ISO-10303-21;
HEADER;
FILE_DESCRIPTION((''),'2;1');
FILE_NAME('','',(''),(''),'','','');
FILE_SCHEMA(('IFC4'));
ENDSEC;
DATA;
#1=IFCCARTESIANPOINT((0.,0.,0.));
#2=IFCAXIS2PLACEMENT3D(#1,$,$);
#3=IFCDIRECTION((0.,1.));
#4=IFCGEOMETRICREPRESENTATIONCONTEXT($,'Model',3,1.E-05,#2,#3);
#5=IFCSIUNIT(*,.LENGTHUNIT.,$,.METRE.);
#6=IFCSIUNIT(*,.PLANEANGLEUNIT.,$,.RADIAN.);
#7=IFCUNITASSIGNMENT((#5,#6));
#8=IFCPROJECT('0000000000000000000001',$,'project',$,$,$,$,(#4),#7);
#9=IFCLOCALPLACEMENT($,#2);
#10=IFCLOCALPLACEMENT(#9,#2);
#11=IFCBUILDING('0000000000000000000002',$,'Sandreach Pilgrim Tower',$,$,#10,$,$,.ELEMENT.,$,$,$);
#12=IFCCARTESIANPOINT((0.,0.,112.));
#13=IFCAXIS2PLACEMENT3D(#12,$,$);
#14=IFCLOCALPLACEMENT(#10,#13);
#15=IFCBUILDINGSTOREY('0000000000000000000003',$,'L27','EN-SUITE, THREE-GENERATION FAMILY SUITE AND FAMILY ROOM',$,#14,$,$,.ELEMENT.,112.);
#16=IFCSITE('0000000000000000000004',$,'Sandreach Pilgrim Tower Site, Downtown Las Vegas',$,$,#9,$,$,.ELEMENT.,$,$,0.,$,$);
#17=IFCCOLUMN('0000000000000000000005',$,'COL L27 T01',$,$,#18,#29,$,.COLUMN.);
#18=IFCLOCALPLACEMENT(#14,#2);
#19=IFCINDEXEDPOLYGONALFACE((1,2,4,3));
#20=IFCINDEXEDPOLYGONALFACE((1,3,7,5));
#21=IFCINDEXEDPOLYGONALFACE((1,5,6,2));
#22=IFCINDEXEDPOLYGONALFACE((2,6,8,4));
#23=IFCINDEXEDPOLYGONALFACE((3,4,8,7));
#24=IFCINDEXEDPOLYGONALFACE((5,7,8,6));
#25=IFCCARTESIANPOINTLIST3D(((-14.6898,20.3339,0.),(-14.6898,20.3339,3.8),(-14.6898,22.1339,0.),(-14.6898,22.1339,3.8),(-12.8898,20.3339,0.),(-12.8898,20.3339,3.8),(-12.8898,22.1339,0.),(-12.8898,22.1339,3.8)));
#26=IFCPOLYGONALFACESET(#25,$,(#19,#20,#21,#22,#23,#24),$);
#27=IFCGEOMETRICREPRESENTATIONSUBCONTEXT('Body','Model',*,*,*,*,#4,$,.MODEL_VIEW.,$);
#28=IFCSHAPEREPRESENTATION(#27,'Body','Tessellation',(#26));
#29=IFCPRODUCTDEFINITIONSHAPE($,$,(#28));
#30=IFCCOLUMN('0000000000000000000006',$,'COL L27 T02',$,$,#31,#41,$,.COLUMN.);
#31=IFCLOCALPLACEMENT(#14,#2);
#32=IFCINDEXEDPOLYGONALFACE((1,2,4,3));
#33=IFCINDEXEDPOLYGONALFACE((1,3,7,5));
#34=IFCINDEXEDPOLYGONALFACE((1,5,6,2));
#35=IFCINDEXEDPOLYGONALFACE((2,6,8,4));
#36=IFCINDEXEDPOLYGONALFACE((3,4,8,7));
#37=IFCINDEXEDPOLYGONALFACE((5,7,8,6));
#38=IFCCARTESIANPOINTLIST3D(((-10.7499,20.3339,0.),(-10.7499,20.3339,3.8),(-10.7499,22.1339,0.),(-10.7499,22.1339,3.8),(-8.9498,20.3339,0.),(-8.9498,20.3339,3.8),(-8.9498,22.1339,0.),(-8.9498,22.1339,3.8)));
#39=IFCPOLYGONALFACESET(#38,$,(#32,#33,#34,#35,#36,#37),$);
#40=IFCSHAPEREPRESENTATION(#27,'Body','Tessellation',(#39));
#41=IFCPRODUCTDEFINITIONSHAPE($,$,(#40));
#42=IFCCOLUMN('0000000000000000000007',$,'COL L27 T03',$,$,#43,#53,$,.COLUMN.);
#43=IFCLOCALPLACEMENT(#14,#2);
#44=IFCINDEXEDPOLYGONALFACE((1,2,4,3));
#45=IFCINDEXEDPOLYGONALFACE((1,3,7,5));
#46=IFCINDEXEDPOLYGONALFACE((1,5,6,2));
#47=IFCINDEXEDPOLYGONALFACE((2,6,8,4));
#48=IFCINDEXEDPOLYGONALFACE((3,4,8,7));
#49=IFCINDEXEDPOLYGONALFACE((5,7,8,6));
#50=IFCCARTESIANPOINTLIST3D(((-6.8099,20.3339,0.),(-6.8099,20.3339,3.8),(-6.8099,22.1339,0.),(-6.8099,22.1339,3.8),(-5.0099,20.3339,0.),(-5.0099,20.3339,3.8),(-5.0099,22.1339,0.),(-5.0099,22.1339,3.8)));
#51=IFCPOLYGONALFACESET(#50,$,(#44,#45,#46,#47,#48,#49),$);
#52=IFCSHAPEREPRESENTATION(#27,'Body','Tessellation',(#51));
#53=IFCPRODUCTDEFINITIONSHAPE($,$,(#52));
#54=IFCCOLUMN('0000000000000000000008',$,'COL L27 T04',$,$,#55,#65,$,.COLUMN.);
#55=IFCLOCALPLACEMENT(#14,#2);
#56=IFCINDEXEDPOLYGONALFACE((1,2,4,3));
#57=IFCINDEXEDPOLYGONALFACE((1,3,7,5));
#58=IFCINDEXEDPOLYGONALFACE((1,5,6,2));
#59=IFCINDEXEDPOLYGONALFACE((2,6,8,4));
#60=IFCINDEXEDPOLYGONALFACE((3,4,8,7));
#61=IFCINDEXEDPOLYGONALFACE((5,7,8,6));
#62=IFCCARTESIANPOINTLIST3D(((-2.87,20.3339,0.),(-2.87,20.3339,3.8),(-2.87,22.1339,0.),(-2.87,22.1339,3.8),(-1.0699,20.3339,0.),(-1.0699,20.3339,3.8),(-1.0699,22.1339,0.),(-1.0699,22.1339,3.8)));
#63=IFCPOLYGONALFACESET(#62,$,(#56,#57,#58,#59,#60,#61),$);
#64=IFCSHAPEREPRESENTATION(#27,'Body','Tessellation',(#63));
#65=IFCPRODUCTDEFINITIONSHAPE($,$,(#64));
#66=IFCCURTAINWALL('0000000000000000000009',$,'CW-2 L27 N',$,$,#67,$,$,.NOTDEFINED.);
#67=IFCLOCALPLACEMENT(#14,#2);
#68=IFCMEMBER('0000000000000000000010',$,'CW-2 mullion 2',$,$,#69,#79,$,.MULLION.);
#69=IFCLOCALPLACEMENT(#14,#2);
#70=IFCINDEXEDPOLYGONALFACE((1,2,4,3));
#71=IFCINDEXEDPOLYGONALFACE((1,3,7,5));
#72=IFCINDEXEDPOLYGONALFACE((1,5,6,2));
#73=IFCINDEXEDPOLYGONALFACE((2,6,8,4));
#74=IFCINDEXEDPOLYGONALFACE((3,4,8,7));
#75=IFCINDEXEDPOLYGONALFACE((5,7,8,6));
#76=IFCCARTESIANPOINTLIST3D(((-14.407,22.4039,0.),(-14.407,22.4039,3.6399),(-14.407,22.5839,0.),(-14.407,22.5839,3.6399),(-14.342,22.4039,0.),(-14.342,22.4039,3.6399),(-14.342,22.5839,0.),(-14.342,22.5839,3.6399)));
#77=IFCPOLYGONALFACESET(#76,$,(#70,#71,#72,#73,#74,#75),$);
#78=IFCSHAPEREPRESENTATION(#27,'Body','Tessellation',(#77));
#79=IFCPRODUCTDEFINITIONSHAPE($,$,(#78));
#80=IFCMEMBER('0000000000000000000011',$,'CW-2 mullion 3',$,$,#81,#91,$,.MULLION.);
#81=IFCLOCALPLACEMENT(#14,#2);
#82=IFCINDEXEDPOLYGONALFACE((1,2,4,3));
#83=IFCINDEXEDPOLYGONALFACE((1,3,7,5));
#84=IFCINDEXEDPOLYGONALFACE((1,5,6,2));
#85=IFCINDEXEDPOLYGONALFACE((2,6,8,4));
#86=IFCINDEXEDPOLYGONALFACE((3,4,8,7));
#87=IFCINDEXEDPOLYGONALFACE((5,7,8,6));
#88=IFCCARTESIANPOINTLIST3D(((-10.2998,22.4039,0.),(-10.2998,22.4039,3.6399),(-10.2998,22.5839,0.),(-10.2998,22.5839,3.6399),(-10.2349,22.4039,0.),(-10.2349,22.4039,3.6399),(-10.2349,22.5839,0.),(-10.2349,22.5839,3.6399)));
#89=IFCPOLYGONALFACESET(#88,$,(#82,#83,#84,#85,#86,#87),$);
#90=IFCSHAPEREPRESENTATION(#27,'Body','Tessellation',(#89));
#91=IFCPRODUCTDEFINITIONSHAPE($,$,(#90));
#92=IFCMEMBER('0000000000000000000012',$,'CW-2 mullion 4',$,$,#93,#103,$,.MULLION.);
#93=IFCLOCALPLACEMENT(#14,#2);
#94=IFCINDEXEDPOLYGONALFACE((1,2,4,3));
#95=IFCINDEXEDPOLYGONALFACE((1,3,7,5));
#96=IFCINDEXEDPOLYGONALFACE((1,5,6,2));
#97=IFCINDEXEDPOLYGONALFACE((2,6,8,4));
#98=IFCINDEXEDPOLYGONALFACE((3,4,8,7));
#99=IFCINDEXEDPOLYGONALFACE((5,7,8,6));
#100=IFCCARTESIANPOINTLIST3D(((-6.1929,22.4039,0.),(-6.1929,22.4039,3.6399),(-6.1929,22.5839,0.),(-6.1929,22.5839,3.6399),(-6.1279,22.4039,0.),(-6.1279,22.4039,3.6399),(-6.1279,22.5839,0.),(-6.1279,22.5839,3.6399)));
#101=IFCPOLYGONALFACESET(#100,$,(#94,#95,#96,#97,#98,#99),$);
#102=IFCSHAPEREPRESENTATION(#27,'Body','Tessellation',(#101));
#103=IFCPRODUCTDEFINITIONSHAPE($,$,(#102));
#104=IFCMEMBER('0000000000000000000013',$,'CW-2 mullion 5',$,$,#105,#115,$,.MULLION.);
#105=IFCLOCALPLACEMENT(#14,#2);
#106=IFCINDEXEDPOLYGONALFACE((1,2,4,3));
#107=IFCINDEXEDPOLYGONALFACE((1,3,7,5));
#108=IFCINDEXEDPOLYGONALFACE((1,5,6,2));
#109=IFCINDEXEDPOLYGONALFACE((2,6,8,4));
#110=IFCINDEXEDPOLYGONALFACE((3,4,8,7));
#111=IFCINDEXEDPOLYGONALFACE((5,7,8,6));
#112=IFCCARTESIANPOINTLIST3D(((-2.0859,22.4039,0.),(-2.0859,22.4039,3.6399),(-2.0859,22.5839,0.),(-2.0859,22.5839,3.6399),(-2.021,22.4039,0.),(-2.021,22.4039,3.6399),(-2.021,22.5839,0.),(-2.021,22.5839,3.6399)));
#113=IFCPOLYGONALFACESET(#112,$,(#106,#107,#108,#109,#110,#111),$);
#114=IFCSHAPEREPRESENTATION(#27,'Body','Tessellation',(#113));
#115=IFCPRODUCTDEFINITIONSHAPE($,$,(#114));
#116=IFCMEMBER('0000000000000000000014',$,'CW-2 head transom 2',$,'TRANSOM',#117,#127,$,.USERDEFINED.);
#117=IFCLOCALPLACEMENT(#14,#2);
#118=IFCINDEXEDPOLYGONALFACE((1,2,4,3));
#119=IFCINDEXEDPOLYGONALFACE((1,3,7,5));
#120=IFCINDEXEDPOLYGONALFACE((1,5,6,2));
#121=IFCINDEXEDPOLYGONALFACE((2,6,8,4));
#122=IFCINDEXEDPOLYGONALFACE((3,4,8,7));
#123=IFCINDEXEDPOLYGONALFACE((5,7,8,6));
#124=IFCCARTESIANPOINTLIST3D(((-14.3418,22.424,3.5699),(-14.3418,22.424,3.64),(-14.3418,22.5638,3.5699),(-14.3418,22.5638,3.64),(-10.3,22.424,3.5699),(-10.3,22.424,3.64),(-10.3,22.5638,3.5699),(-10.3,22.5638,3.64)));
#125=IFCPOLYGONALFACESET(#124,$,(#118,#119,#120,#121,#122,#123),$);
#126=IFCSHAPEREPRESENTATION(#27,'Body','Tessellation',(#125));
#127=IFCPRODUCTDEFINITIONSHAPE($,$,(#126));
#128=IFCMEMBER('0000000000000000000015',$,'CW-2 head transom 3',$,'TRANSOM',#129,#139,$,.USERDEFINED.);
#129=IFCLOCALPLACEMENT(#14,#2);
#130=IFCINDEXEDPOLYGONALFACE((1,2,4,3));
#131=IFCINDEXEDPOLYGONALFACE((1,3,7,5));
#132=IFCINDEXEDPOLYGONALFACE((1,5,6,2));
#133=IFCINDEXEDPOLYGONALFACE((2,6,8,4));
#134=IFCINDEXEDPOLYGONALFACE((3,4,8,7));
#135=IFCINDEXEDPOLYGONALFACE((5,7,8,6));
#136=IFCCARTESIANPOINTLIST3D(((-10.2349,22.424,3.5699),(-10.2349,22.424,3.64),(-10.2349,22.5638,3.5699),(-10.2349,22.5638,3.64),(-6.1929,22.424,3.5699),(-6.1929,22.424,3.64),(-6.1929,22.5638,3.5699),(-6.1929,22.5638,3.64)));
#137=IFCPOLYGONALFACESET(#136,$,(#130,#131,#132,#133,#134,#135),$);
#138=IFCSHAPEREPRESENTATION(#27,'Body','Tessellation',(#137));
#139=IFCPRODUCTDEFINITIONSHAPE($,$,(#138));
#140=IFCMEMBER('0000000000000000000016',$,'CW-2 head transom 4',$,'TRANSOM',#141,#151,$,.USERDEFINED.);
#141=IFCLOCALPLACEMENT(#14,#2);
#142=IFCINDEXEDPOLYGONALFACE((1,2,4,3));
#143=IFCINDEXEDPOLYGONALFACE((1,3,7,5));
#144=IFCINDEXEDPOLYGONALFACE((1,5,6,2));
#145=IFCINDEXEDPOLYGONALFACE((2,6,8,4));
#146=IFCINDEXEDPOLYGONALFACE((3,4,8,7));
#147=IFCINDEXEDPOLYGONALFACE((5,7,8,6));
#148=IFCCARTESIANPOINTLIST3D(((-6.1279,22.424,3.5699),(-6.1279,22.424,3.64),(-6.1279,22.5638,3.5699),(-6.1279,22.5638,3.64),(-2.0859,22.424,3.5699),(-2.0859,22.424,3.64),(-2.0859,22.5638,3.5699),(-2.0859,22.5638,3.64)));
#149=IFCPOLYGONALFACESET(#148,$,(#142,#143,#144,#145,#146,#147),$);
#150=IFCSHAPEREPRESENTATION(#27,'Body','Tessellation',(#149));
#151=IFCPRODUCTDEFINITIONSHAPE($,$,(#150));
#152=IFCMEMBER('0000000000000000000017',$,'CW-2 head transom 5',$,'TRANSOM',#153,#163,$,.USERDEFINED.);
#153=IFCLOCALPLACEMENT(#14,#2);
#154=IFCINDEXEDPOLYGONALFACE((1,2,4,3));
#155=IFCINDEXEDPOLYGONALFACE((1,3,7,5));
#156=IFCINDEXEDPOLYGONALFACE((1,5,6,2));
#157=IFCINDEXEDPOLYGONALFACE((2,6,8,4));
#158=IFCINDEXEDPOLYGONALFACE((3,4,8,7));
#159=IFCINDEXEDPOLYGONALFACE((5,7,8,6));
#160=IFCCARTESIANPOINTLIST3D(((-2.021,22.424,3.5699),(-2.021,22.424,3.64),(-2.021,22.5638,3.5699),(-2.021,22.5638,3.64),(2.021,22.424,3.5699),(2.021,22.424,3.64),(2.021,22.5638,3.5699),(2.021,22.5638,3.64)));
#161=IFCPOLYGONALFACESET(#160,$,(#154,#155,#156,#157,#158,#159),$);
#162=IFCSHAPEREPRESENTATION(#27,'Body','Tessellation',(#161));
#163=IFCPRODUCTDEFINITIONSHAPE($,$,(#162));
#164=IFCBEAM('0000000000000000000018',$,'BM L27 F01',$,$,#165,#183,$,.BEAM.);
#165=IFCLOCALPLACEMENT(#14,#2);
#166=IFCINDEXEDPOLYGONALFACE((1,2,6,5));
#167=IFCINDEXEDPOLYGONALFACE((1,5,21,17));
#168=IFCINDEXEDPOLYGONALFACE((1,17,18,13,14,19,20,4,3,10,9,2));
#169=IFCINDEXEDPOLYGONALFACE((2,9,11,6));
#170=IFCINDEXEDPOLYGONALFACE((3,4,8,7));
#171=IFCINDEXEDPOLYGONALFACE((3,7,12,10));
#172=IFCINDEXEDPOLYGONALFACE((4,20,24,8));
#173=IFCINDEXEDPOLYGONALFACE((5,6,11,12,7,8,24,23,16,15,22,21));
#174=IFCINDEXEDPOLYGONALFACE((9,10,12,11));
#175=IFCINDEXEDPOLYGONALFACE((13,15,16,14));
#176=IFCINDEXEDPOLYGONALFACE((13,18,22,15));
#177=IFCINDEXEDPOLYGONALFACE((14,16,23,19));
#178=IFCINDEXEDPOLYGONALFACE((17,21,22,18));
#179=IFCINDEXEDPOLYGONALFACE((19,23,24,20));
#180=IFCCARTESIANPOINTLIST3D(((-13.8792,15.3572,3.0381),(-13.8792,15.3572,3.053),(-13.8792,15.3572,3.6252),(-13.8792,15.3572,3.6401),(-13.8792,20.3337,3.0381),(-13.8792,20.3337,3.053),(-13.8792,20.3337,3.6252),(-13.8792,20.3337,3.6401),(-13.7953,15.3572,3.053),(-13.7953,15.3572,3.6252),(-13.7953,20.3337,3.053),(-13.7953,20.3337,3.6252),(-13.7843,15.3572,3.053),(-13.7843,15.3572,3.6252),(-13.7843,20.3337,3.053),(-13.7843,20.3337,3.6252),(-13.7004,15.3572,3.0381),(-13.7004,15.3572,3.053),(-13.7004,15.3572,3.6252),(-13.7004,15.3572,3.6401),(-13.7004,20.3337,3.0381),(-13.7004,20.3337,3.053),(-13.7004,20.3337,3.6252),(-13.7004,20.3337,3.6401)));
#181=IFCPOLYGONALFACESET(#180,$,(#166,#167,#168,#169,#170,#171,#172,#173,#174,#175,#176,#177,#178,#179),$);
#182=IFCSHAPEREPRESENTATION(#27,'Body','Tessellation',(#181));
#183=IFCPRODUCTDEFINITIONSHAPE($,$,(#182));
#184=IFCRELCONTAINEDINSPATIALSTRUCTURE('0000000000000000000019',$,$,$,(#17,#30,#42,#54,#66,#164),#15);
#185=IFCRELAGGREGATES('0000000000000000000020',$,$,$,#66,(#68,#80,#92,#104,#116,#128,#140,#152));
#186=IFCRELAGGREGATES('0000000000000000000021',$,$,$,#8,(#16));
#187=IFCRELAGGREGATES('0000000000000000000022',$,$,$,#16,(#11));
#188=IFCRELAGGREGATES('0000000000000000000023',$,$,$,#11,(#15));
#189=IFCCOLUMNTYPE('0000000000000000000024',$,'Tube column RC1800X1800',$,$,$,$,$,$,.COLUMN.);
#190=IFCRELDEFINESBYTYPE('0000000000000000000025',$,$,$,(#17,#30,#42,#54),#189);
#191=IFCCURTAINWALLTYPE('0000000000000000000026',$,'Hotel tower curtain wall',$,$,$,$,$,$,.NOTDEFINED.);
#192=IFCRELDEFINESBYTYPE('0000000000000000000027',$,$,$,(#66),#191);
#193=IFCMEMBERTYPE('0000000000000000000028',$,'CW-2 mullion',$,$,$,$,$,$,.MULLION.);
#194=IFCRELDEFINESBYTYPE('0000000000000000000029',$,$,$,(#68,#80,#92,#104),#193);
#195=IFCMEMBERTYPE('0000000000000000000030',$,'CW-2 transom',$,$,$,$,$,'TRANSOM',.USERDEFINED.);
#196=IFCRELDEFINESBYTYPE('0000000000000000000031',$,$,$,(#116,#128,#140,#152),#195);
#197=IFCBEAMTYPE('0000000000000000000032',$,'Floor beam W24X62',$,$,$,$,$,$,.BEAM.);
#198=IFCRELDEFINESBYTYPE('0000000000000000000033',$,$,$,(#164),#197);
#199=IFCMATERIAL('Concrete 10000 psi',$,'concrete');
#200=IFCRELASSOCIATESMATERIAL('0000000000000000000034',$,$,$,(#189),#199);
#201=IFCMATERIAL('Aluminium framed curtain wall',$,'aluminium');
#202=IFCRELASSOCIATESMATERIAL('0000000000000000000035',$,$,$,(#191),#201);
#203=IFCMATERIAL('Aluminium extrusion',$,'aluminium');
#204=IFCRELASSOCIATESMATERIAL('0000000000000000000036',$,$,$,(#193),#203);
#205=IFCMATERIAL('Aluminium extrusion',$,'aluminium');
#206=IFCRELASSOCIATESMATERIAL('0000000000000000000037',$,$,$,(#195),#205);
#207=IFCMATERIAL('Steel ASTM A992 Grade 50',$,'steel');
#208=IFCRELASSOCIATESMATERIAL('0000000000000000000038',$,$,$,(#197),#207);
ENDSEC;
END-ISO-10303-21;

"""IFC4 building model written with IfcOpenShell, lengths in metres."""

from ifc_helpers import new_model, si_unit, direction, frame, origin, origin_2d, place, context, subcontext, project, spatial, rectangle, i_section, extrude, material, material_profile, profile_set, type_object, element, aggregate, save


model = new_model("IFC4")

# Units and contexts
model_context = context("Model", 3, precision=1e-05, world=origin(), true_north=direction((0.0, 1.0)))
body_context = subcontext(model_context, "Body", "Model", "MODEL_VIEW")
ifc_project = project(units=[si_unit("LENGTHUNIT", "METRE"), si_unit("PLANEANGLEUNIT", "RADIAN")], contexts=[model_context])

# Site, building, storey
site_placement = place(None, origin())
site = spatial("IfcSite", under=ifc_project, at=site_placement, Name="Sandreach Pilgrim Tower Site, Downtown Las Vegas", CompositionType="ELEMENT", RefElevation=0.0)
building_placement = place(site_placement, origin())
building = spatial("IfcBuilding", under=site, at=building_placement, Name="Sandreach Pilgrim Tower", CompositionType="ELEMENT")
storey_placement = place(building_placement, frame((0.0, 0.0, 112.0)))
storey = spatial("IfcBuildingStorey", under=building, at=storey_placement, Name="L27", Description="EN-SUITE, THREE-GENERATION FAMILY SUITE AND FAMILY ROOM", CompositionType="ELEMENT", Elevation=112.0)

# Columns
ifc_material_1 = material(Name="Concrete 10000 psi", Category="concrete")
ifc_material_profile_1 = material_profile(ifc_material_1, rectangle(XDim=1.8, YDim=1.8, at=origin_2d()), Name="RC1800X1800")
ifc_profile_set_1 = profile_set([ifc_material_profile_1], Name="Concrete 10000 psi")
column_type = type_object("IfcColumnType", Name="Tube column RC1800X1800", PredefinedType="COLUMN", material=ifc_profile_set_1)
for number, where, z_axis, x_axis, name in (
    (1, (-13.7898, 21.2339, 0.0), (0.0, 0.0, 1.0), (0.0, 1.0, 0.0), "COL L27 T01"),
    (2, (-9.8499, 21.2339, 0.0), (0.0, 0.0, 1.0), (0.0, 1.0, 0.0), "COL L27 T02"),
    (3, (-5.9099, 21.2339, 0.0), (0.0, 0.0, 1.0), (0.0, 1.0, 0.0), "COL L27 T03"),
    (4, (-1.97, 21.2339, 0.0), (0.0, 0.0, 1.0), (0.0, 1.0, 0.0), "COL L27 T04"),
):
    element("IfcColumn", number, at=place(storey_placement, frame(where, z_axis=z_axis, x_axis=x_axis)), inside=storey, type_object=column_type, Name=name, PredefinedType="COLUMN", context=body_context, shape_type="SweptSolid", body=[
        extrude(rectangle(XDim=1.8, YDim=1.8, at=origin_2d()), origin(), (0.0, 0.0, 1.0), 3.8),
    ])

# Curtain wall, members
ifc_material_2 = material(Name="Aluminium framed curtain wall", Category="aluminium")
curtain_wall_type = type_object("IfcCurtainWallType", Name="Hotel tower curtain wall", PredefinedType="NOTDEFINED", material=ifc_material_2)
curtain_wall_placement = place(storey_placement, origin())
curtain_wall = element("IfcCurtainWall", 5, at=curtain_wall_placement, inside=storey, type_object=curtain_wall_type, Name="CW-2 L27 N", PredefinedType="NOTDEFINED")
ifc_material_3 = material(Name="Aluminium extrusion", Category="aluminium")
ifc_material_profile_2 = material_profile(ifc_material_3, rectangle(XDim=0.0649, YDim=0.1799, at=origin_2d()), Name="CW-2M 65X180")
ifc_profile_set_2 = profile_set([ifc_material_profile_2], Name="Aluminium extrusion")
member_type_1 = type_object("IfcMemberType", Name="CW-2 mullion", PredefinedType="MULLION", material=ifc_profile_set_2)
member_1_placement = place(storey_placement, frame((-14.3745, 22.4939, 0.0), z_axis=(0.0, 0.0, 1.0), x_axis=(1.0, 0.0, 0.0)))
member_1 = element("IfcMember", 6, at=member_1_placement, type_object=member_type_1, Name="CW-2 mullion 2", PredefinedType="MULLION", context=body_context, shape_type="SweptSolid", body=[
    extrude(rectangle(XDim=0.0649, YDim=0.1799, at=origin_2d()), origin(), (0.0, 0.0, 1.0), 3.6399),
])
member_2_placement = place(storey_placement, frame((-10.2673, 22.4939, 0.0), z_axis=(0.0, 0.0, 1.0), x_axis=(1.0, 0.0, 0.0)))
member_2 = element("IfcMember", 7, at=member_2_placement, type_object=member_type_1, Name="CW-2 mullion 3", PredefinedType="MULLION", context=body_context, shape_type="SweptSolid", body=[
    extrude(rectangle(XDim=0.0649, YDim=0.1799, at=origin_2d()), origin(), (0.0, 0.0, 1.0), 3.6399),
])
member_3_placement = place(storey_placement, frame((-6.1604, 22.4939, 0.0), z_axis=(0.0, 0.0, 1.0), x_axis=(1.0, 0.0, 0.0)))
member_3 = element("IfcMember", 8, at=member_3_placement, type_object=member_type_1, Name="CW-2 mullion 4", PredefinedType="MULLION", context=body_context, shape_type="SweptSolid", body=[
    extrude(rectangle(XDim=0.0649, YDim=0.1799, at=origin_2d()), origin(), (0.0, 0.0, 1.0), 3.6399),
])
member_4_placement = place(storey_placement, frame((-2.0535, 22.4939, 0.0), z_axis=(0.0, 0.0, 1.0), x_axis=(1.0, 0.0, 0.0)))
member_4 = element("IfcMember", 9, at=member_4_placement, type_object=member_type_1, Name="CW-2 mullion 5", PredefinedType="MULLION", context=body_context, shape_type="SweptSolid", body=[
    extrude(rectangle(XDim=0.0649, YDim=0.1799, at=origin_2d()), origin(), (0.0, 0.0, 1.0), 3.6399),
])
ifc_material_4 = material(Name="Aluminium extrusion", Category="aluminium")
ifc_material_profile_3 = material_profile(ifc_material_4, rectangle(XDim=0.1399, YDim=0.0701, at=origin_2d()), Name="CW-2T 140X70")
ifc_profile_set_3 = profile_set([ifc_material_profile_3], Name="Aluminium extrusion")
member_type_2 = type_object("IfcMemberType", Name="CW-2 transom", ElementType="TRANSOM", PredefinedType="USERDEFINED", material=ifc_profile_set_3)
member_5_placement = place(storey_placement, frame((-14.3418, 22.4939, 3.605), z_axis=(1.0, 0.0, 0.0), x_axis=(0.0, 1.0, 0.0)))
member_5 = element("IfcMember", 10, at=member_5_placement, type_object=member_type_2, Name="CW-2 head transom 2", ObjectType="TRANSOM", PredefinedType="USERDEFINED", context=body_context, shape_type="SweptSolid", body=[
    extrude(rectangle(XDim=0.1399, YDim=0.0701, at=origin_2d()), origin(), (0.0, 0.0, 1.0), 4.0417),
])
member_6_placement = place(storey_placement, frame((-10.2349, 22.4939, 3.605), z_axis=(1.0, 0.0, 0.0), x_axis=(0.0, 1.0, 0.0)))
member_6 = element("IfcMember", 11, at=member_6_placement, type_object=member_type_2, Name="CW-2 head transom 3", ObjectType="TRANSOM", PredefinedType="USERDEFINED", context=body_context, shape_type="SweptSolid", body=[
    extrude(rectangle(XDim=0.1399, YDim=0.0701, at=origin_2d()), origin(), (0.0, 0.0, 1.0), 4.042),
])
member_7_placement = place(storey_placement, frame((-6.1279, 22.4939, 3.605), z_axis=(1.0, 0.0, 0.0), x_axis=(0.0, 1.0, 0.0)))
member_7 = element("IfcMember", 12, at=member_7_placement, type_object=member_type_2, Name="CW-2 head transom 4", ObjectType="TRANSOM", PredefinedType="USERDEFINED", context=body_context, shape_type="SweptSolid", body=[
    extrude(rectangle(XDim=0.1399, YDim=0.0701, at=origin_2d()), origin(), (0.0, 0.0, 1.0), 4.042),
])
member_8_placement = place(storey_placement, frame((-2.021, 22.4939, 3.605), z_axis=(1.0, 0.0, 0.0), x_axis=(0.0, 1.0, 0.0)))
member_8 = element("IfcMember", 13, at=member_8_placement, type_object=member_type_2, Name="CW-2 head transom 5", ObjectType="TRANSOM", PredefinedType="USERDEFINED", context=body_context, shape_type="SweptSolid", body=[
    extrude(rectangle(XDim=0.1399, YDim=0.0701, at=origin_2d()), origin(), (0.0, 0.0, 1.0), 4.042),
])

# Beam
ifc_material_5 = material(Name="Steel ASTM A992 Grade 50", Category="steel")
ifc_material_profile_4 = material_profile(ifc_material_5, i_section(OverallWidth=0.1787, OverallDepth=0.6021, WebThickness=0.011, FlangeThickness=0.0149, at=origin_2d()), Name="W24X62")
ifc_profile_set_4 = profile_set([ifc_material_profile_4], Name="Steel ASTM A992 Grade 50")
beam_type_1 = type_object("IfcBeamType", Name="Floor beam W24X62", PredefinedType="BEAM", material=ifc_profile_set_4)
beam_1_placement = place(storey_placement, frame((-13.7898, 20.3337, 3.3391), z_axis=(0.0, -1.0, 0.0), x_axis=(1.0, 0.0, 0.0)))
element("IfcBeam", 14, at=beam_1_placement, inside=storey, type_object=beam_type_1, Name="BM L27 F01", PredefinedType="BEAM", context=body_context, shape_type="SweptSolid", body=[
    extrude(i_section(OverallWidth=0.1787, OverallDepth=0.6021, WebThickness=0.011, FlangeThickness=0.0149, at=origin_2d()), origin(), (0.0, 0.0, 1.0), 4.9766),
])

aggregate(curtain_wall, [member_1, member_2, member_3, member_4, member_5, member_6, member_7, member_8])

save(model, "model.ifc")
